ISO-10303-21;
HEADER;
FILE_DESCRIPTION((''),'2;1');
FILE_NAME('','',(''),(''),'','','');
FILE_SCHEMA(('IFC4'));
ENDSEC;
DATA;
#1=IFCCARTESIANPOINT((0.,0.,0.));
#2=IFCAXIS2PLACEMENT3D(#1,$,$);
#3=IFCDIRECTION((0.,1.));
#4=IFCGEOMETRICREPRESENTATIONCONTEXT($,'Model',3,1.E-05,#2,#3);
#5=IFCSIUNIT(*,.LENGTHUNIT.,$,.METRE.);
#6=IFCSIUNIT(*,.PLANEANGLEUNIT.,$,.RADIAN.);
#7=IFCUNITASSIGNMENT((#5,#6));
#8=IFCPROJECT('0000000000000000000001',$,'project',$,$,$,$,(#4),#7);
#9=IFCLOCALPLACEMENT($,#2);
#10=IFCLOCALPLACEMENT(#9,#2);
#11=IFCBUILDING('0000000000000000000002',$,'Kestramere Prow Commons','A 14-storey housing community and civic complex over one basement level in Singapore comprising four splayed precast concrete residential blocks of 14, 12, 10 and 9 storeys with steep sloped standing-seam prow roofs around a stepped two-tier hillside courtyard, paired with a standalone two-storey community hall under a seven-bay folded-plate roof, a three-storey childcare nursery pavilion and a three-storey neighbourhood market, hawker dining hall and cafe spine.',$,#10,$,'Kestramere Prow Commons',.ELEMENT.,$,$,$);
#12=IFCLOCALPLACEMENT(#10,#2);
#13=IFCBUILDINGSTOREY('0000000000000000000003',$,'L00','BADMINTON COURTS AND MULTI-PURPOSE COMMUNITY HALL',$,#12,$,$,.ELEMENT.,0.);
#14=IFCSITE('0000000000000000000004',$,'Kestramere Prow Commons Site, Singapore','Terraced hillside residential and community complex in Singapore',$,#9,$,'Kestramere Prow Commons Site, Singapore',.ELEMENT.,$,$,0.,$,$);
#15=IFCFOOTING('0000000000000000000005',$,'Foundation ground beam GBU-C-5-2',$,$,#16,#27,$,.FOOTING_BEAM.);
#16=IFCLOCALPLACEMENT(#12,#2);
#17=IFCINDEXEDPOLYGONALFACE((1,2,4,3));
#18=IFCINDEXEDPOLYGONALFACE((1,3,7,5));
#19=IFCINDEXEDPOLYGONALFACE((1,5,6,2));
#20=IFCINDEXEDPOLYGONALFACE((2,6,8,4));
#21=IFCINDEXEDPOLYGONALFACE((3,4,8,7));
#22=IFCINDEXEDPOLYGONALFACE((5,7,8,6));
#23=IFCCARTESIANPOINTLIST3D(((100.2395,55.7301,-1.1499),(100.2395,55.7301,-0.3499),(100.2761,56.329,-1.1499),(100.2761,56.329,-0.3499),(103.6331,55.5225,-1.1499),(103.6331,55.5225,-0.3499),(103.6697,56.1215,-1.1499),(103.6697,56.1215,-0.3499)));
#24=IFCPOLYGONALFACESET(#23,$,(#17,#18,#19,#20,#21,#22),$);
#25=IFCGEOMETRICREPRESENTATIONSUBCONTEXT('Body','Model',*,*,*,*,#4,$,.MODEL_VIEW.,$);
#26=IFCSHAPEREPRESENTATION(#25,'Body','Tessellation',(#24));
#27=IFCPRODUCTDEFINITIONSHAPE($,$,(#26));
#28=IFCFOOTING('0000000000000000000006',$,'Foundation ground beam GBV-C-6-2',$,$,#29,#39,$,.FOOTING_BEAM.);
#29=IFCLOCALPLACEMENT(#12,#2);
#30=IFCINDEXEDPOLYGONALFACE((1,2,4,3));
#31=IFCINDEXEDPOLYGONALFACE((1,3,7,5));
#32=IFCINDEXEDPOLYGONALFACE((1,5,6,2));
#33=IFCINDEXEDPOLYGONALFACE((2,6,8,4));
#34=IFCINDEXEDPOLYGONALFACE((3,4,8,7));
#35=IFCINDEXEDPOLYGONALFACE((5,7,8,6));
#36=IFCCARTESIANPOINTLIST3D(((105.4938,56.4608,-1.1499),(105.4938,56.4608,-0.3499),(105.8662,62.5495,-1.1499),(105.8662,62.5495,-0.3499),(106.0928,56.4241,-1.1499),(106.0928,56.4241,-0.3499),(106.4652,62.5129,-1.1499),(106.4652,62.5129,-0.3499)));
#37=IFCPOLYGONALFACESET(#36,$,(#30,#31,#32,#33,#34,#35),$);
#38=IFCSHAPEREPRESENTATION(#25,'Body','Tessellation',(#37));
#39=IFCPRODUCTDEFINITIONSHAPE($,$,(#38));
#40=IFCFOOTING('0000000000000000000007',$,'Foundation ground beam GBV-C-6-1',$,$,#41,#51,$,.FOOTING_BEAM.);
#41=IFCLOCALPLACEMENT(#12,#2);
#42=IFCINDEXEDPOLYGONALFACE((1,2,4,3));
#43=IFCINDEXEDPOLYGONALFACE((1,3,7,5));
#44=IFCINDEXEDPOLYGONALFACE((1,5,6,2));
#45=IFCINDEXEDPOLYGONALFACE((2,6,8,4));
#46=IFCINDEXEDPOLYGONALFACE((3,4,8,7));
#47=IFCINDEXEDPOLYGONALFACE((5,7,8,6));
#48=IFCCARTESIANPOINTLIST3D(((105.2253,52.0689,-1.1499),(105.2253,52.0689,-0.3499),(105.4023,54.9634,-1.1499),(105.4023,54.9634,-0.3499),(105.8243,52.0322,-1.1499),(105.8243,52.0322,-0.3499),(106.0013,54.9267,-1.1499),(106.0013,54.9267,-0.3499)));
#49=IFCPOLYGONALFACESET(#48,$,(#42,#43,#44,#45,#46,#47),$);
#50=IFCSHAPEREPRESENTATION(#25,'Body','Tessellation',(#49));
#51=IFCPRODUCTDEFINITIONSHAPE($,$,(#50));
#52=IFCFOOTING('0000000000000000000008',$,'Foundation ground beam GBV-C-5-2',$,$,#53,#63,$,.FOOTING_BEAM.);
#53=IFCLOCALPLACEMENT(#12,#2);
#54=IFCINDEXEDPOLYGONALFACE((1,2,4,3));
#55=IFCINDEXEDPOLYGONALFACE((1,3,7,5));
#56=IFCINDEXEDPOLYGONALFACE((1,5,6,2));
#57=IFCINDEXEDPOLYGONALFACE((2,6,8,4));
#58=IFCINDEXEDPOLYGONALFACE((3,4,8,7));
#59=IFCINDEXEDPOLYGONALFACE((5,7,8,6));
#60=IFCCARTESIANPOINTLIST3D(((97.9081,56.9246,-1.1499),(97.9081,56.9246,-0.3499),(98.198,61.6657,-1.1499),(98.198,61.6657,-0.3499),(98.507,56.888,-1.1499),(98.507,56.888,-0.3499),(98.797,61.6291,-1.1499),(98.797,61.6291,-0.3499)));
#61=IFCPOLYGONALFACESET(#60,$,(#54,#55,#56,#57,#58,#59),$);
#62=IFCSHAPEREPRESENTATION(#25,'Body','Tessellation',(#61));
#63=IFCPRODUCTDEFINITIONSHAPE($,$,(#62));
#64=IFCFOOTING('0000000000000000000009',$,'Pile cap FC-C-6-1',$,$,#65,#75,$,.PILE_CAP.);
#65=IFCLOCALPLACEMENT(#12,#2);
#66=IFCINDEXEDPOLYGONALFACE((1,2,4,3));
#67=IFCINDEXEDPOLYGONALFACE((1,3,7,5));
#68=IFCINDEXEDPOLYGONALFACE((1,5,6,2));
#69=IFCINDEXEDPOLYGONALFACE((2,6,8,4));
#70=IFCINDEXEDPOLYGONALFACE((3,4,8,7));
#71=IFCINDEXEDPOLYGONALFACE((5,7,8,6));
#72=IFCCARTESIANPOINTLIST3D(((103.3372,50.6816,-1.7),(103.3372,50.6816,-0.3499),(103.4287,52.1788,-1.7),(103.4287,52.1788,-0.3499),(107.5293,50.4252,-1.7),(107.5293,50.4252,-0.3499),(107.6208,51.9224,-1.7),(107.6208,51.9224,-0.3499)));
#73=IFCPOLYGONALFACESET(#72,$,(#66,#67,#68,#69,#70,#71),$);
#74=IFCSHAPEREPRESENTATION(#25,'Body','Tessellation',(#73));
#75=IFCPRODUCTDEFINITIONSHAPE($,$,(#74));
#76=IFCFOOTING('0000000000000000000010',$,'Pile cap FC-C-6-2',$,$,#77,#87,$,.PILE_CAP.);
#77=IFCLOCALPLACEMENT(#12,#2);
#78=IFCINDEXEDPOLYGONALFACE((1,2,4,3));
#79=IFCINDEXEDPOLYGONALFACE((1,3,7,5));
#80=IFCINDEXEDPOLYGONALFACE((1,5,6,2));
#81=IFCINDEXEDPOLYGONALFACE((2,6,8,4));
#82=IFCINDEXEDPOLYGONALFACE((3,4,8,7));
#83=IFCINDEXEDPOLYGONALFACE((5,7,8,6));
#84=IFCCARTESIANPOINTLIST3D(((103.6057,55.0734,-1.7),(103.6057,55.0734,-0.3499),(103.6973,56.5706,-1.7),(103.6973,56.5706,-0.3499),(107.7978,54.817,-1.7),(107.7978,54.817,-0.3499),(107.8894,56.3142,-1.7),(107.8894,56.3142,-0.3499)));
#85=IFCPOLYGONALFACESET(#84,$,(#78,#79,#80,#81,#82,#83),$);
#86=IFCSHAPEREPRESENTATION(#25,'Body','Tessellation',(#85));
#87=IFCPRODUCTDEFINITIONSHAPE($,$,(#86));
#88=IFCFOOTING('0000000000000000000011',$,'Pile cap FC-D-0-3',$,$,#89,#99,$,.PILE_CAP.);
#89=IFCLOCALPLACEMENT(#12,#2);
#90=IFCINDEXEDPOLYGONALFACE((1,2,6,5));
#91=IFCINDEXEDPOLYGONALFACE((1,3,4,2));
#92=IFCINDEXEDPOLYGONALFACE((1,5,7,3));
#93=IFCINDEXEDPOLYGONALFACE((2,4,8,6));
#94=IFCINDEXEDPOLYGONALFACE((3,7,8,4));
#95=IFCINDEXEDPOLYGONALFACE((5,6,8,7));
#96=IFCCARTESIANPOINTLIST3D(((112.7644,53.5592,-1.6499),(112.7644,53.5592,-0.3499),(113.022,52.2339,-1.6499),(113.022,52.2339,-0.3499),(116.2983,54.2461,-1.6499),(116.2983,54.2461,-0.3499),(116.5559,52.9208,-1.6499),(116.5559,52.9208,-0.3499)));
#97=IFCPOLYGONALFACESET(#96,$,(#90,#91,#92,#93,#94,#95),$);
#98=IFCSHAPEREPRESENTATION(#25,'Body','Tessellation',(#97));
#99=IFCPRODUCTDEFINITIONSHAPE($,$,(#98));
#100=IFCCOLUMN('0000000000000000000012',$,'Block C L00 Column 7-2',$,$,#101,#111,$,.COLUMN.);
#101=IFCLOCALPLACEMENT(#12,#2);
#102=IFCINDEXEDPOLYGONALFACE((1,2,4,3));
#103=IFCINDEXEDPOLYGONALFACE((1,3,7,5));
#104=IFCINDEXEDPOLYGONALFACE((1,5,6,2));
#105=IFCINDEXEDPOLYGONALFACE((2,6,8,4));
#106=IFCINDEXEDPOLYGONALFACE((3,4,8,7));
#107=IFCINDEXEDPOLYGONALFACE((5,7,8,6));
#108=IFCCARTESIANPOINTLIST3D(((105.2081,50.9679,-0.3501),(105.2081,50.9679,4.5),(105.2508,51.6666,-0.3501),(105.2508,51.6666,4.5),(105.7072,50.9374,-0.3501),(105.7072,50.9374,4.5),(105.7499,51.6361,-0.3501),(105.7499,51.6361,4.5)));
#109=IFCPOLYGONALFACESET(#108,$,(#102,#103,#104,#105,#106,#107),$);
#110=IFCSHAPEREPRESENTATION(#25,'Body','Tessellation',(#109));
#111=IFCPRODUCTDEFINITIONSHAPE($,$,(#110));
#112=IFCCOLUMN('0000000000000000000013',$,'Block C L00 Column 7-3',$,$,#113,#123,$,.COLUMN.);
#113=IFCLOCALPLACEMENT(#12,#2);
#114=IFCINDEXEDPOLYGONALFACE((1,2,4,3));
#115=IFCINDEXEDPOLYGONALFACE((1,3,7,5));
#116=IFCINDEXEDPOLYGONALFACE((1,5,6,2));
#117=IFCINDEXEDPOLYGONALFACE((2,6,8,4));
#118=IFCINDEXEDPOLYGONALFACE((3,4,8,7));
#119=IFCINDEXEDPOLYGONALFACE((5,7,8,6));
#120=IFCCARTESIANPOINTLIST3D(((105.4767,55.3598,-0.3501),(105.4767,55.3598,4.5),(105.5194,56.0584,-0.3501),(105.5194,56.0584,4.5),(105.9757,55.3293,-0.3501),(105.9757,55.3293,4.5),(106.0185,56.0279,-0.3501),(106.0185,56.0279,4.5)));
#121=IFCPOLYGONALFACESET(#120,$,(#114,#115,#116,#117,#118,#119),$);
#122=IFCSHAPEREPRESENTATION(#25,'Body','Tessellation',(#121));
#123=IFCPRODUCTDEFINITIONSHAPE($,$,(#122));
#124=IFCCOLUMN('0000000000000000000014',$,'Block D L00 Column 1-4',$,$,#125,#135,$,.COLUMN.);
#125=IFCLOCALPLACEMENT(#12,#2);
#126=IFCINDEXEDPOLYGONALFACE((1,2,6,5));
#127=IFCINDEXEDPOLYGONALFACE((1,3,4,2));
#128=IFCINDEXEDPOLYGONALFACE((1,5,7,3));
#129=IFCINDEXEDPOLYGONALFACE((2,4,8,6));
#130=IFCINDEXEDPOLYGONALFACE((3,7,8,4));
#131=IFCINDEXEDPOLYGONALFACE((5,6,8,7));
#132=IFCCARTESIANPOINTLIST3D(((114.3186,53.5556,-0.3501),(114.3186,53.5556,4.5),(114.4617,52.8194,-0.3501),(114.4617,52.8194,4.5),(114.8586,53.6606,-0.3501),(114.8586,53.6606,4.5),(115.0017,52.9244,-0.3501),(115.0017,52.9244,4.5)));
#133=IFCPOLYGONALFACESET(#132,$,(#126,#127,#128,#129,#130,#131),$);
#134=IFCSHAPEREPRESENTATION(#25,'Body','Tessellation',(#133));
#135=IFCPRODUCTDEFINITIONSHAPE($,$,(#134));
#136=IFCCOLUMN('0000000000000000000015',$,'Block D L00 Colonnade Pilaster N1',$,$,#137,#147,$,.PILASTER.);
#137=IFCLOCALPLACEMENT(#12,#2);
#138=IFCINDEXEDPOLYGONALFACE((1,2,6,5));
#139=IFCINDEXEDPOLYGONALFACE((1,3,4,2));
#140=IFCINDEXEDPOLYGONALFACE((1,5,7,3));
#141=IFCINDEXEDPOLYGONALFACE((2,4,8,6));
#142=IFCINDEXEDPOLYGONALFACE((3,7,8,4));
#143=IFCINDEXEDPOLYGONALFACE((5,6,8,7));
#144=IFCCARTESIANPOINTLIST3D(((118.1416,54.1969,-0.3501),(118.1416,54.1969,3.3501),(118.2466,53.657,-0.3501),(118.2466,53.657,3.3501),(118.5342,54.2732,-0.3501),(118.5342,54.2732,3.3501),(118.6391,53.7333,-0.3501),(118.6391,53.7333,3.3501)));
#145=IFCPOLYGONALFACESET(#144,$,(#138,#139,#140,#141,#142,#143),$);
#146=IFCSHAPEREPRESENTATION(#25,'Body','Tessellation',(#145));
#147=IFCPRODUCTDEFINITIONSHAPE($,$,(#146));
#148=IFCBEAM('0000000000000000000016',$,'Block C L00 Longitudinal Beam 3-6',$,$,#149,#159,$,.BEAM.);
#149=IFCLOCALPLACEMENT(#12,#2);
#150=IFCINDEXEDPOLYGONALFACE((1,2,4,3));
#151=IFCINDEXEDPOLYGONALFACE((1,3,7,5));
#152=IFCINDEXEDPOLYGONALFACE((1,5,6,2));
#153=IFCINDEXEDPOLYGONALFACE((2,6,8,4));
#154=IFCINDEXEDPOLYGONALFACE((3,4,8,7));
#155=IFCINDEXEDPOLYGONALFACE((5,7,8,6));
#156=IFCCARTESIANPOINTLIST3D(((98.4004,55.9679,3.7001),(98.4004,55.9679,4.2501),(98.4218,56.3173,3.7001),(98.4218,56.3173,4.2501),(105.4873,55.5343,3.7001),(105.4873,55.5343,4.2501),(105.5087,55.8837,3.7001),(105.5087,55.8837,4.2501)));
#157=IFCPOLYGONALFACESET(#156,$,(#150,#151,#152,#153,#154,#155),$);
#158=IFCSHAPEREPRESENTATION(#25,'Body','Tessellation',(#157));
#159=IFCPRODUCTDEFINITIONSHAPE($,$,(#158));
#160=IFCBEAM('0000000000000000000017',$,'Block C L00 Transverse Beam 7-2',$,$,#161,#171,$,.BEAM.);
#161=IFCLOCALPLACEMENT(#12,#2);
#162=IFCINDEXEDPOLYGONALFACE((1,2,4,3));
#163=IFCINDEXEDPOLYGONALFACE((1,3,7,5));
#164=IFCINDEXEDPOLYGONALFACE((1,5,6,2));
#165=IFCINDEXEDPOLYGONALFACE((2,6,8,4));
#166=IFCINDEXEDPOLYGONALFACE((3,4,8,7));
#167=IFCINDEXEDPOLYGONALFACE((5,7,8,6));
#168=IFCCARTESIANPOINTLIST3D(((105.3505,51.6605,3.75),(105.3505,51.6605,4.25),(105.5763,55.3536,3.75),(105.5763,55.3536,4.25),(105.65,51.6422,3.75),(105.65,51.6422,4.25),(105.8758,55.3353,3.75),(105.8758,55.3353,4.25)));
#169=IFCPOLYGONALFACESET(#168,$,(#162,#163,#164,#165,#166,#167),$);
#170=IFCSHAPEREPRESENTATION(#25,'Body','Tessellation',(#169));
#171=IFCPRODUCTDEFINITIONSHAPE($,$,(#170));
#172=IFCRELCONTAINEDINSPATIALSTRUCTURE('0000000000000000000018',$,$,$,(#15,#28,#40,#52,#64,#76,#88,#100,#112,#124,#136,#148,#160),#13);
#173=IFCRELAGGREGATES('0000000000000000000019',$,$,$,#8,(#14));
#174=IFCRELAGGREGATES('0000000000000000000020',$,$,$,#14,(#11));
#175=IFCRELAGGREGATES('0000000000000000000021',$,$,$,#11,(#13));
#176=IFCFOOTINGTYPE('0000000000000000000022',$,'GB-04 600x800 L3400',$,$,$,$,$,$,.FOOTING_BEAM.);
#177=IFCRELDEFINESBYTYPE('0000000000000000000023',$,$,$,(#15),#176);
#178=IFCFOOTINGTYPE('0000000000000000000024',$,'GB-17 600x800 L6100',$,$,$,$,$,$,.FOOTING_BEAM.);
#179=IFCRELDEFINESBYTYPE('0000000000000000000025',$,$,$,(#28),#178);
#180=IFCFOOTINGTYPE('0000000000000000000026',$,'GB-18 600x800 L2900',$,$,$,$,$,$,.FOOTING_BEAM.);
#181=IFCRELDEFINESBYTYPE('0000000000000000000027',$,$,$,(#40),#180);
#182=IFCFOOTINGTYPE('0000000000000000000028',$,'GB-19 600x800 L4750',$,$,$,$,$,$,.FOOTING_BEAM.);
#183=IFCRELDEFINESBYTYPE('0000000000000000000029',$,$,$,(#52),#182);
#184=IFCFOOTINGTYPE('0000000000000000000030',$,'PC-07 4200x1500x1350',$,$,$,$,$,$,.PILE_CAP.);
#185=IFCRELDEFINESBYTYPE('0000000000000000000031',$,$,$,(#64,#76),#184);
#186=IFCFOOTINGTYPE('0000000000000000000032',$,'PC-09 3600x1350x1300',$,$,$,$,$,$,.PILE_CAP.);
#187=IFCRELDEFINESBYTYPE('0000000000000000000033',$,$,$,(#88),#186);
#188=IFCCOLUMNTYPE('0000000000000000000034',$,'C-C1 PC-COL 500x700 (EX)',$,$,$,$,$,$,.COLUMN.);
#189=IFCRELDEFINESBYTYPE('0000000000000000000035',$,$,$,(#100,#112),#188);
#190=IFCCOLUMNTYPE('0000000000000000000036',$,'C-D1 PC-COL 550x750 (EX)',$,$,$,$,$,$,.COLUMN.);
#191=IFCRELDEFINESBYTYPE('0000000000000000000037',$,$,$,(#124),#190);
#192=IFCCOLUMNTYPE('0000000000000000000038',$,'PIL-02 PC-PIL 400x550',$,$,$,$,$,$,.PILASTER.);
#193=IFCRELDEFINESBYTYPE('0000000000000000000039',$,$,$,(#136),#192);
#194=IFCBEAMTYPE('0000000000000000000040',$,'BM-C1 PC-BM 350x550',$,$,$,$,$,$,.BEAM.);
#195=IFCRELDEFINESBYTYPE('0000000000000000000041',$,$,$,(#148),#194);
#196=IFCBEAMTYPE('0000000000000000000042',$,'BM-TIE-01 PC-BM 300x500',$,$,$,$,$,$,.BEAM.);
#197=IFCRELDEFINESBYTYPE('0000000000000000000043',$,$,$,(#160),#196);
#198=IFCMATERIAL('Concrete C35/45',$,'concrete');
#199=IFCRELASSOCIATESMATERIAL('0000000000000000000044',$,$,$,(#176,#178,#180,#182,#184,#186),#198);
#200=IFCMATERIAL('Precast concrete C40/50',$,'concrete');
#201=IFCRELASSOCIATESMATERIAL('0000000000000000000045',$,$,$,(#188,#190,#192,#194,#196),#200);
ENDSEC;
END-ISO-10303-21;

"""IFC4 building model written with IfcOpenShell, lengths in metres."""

from ifc_helpers import new_model, si_unit, direction, frame, origin, origin_2d, place, context, subcontext, project, spatial, rectangle, extrude, material, material_profile, profile_set, type_object, element, save


model = new_model("IFC4")

# Units and contexts
model_context = context("Model", 3, precision=1e-05, world=origin(), true_north=direction((0.0, 1.0)))
body_context = subcontext(model_context, "Body", "Model", "MODEL_VIEW")
ifc_project = project(units=[si_unit("LENGTHUNIT", "METRE"), si_unit("PLANEANGLEUNIT", "RADIAN")], contexts=[model_context])

# Site, building, storey
site_placement = place(None, origin())
site = spatial("IfcSite", under=ifc_project, at=site_placement, Name="Kestramere Prow Commons Site, Singapore", Description="Terraced hillside residential and community complex in Singapore", LongName="Kestramere Prow Commons Site, Singapore", CompositionType="ELEMENT", RefElevation=0.0)
building_placement = place(site_placement, origin())
building = spatial("IfcBuilding", under=site, at=building_placement, Name="Kestramere Prow Commons", Description="A 14-storey housing community and civic complex over one basement level in Singapore comprising four splayed precast concrete residential blocks of 14, 12, 10 and 9 storeys with steep sloped standing-seam prow roofs around a stepped two-tier hillside courtyard, paired with a standalone two-storey community hall under a seven-bay folded-plate roof, a three-storey childcare nursery pavilion and a three-storey neighbourhood market, hawker dining hall and cafe spine.", LongName="Kestramere Prow Commons", CompositionType="ELEMENT")
storey_placement = place(building_placement, origin())
storey = spatial("IfcBuildingStorey", under=building, at=storey_placement, Name="L00", Description="BADMINTON COURTS AND MULTI-PURPOSE COMMUNITY HALL", CompositionType="ELEMENT", Elevation=0.0)

# Shared definitions
ifc_material_1 = material(Name="Concrete C35/45", Category="concrete")

# Footings
footing_type_1 = type_object("IfcFootingType", Name="GB-04 600x800 L3400", PredefinedType="FOOTING_BEAM", material=ifc_material_1)
for number, where, z_axis, x_axis, name in (
    (1, (101.9546, 55.9258, -1.1499), (0.0, 0.0, 1.0), (0.998135, -0.061049, 0.0), "Foundation ground beam GBU-C-5-2"),
):
    element("IfcFooting", number, at=place(storey_placement, frame(where, z_axis=z_axis, x_axis=x_axis)), inside=storey, type_object=footing_type_1, Name=name, PredefinedType="FOOTING_BEAM", context=body_context, shape_type="SweptSolid", body=[
        extrude(rectangle(XDim=3.3999, YDim=0.6001, at=origin_2d()), origin(), (0.0, 0.0, 1.0), 0.8),
    ])
footing_type_2 = type_object("IfcFootingType", Name="GB-17 600x800 L6100", PredefinedType="FOOTING_BEAM", material=ifc_material_1)
footing_1_placement = place(storey_placement, frame((105.9795, 59.4868, -1.1499), z_axis=(0.0, 0.0, 1.0), x_axis=(0.061049, 0.998135, 0.0)))
element("IfcFooting", 2, at=footing_1_placement, inside=storey, type_object=footing_type_2, Name="Foundation ground beam GBV-C-6-2", PredefinedType="FOOTING_BEAM", context=body_context, shape_type="SweptSolid", body=[
    extrude(rectangle(XDim=6.1001, YDim=0.6001, at=origin_2d()), origin(), (0.0, 0.0, 1.0), 0.8),
])
footing_type_3 = type_object("IfcFootingType", Name="GB-18 600x800 L2900", PredefinedType="FOOTING_BEAM", material=ifc_material_1)
footing_2_placement = place(storey_placement, frame((105.6133, 53.4978, -1.1499), z_axis=(0.0, 0.0, 1.0), x_axis=(0.061049, 0.998135, 0.0)))
element("IfcFooting", 3, at=footing_2_placement, inside=storey, type_object=footing_type_3, Name="Foundation ground beam GBV-C-6-1", PredefinedType="FOOTING_BEAM", context=body_context, shape_type="SweptSolid", body=[
    extrude(rectangle(XDim=2.8999, YDim=0.6001, at=origin_2d()), origin(), (0.0, 0.0, 1.0), 0.8),
])
footing_type_4 = type_object("IfcFootingType", Name="GB-19 600x800 L4750", PredefinedType="FOOTING_BEAM", material=ifc_material_1)
footing_3_placement = place(storey_placement, frame((98.3525, 59.2769, -1.1499), z_axis=(0.0, 0.0, 1.0), x_axis=(0.061049, 0.998135, 0.0)))
element("IfcFooting", 4, at=footing_3_placement, inside=storey, type_object=footing_type_4, Name="Foundation ground beam GBV-C-5-2", PredefinedType="FOOTING_BEAM", context=body_context, shape_type="SweptSolid", body=[
    extrude(rectangle(XDim=4.75, YDim=0.6001, at=origin_2d()), origin(), (0.0, 0.0, 1.0), 0.8),
])
footing_type_5 = type_object("IfcFootingType", Name="PC-07 4200x1500x1350", PredefinedType="PILE_CAP", material=ifc_material_1)
for number, where, z_axis, x_axis, name in (
    (5, (105.479, 51.302, -1.7), (0.0, 0.0, 1.0), (0.998135, -0.061049, 0.0), "Pile cap FC-C-6-1"),
    (6, (105.7476, 55.6938, -1.7), (0.0, 0.0, 1.0), (0.998135, -0.061049, 0.0), "Pile cap FC-C-6-2"),
):
    element("IfcFooting", number, at=place(storey_placement, frame(where, z_axis=z_axis, x_axis=x_axis)), inside=storey, type_object=footing_type_5, Name=name, PredefinedType="PILE_CAP", context=body_context, shape_type="SweptSolid", body=[
        extrude(rectangle(XDim=4.2, YDim=1.5, at=origin_2d()), origin(), (0.0, 0.0, 1.0), 1.3501),
    ])
footing_type_6 = type_object("IfcFootingType", Name="PC-09 3600x1350x1300", PredefinedType="PILE_CAP", material=ifc_material_1)
footing_4_placement = place(storey_placement, frame((114.6602, 53.24, -1.6499), z_axis=(0.0, 0.0, 1.0), x_axis=(0.981627, 0.190809, 0.0)))
element("IfcFooting", 7, at=footing_4_placement, inside=storey, type_object=footing_type_6, Name="Pile cap FC-D-0-3", PredefinedType="PILE_CAP", context=body_context, shape_type="SweptSolid", body=[
    extrude(rectangle(XDim=3.6001, YDim=1.3501, at=origin_2d()), origin(), (0.0, 0.0, 1.0), 1.3),
])

# Columns
ifc_material_2 = material(Name="Precast concrete C40/50", Category="concrete")
ifc_material_profile_1 = material_profile(ifc_material_2, rectangle(XDim=0.5, YDim=0.7, at=origin_2d()), Name="PC-COL 500x700")
ifc_profile_set_1 = profile_set([ifc_material_profile_1], Name="Precast concrete C40/50")
column_type_1 = type_object("IfcColumnType", Name="C-C1 PC-COL 500x700 (EX)", PredefinedType="COLUMN", material=ifc_profile_set_1)
for number, where, z_axis, x_axis, name in (
    (8, (105.479, 51.302, -0.3501), (0.0, 0.0, 1.0), (0.998135, -0.061049, 0.0), "Block C L00 Column 7-2"),
    (9, (105.7476, 55.6938, -0.3501), (0.0, 0.0, 1.0), (0.998135, -0.061049, 0.0), "Block C L00 Column 7-3"),
):
    element("IfcColumn", number, at=place(storey_placement, frame(where, z_axis=z_axis, x_axis=x_axis)), inside=storey, type_object=column_type_1, Name=name, PredefinedType="COLUMN", context=body_context, shape_type="SweptSolid", body=[
        extrude(rectangle(XDim=0.5, YDim=0.7, at=origin_2d()), origin(), (0.0, 0.0, 1.0), 4.8501),
    ])
ifc_material_profile_2 = material_profile(ifc_material_2, rectangle(XDim=0.55, YDim=0.75, at=origin_2d()), Name="PC-COL 550x750")
ifc_profile_set_2 = profile_set([ifc_material_profile_2], Name="Precast concrete C40/50")
column_type_2 = type_object("IfcColumnType", Name="C-D1 PC-COL 550x750 (EX)", PredefinedType="COLUMN", material=ifc_profile_set_2)
column_1_placement = place(storey_placement, frame((114.6602, 53.24, -0.3501), z_axis=(0.0, 0.0, 1.0), x_axis=(0.981627, 0.190809, 0.0)))
element("IfcColumn", 10, at=column_1_placement, inside=storey, type_object=column_type_2, Name="Block D L00 Column 1-4", PredefinedType="COLUMN", context=body_context, shape_type="SweptSolid", body=[
    extrude(rectangle(XDim=0.55, YDim=0.75, at=origin_2d()), origin(), (0.0, 0.0, 1.0), 4.8501),
])
ifc_material_profile_3 = material_profile(ifc_material_2, rectangle(XDim=0.3999, YDim=0.55, at=origin_2d()), Name="PC-PIL 400x550")
ifc_profile_set_3 = profile_set([ifc_material_profile_3], Name="Precast concrete C40/50")
column_type_3 = type_object("IfcColumnType", Name="PIL-02 PC-PIL 400x550", PredefinedType="PILASTER", material=ifc_profile_set_3)
column_2_placement = place(storey_placement, frame((118.3904, 53.9651, -0.3501), z_axis=(0.0, 0.0, 1.0), x_axis=(0.981627, 0.190809, 0.0)))
element("IfcColumn", 11, at=column_2_placement, inside=storey, type_object=column_type_3, Name="Block D L00 Colonnade Pilaster N1", PredefinedType="PILASTER", context=body_context, shape_type="SweptSolid", body=[
    extrude(rectangle(XDim=0.3999, YDim=0.55, at=origin_2d()), origin(), (0.0, 0.0, 1.0), 3.7002),
])

# Beams
ifc_material_profile_4 = material_profile(ifc_material_2, rectangle(XDim=0.3501, YDim=0.55, at=origin_2d()), Name="PC-BM 350x550")
ifc_profile_set_4 = profile_set([ifc_material_profile_4], Name="Precast concrete C40/50")
beam_type_1 = type_object("IfcBeamType", Name="BM-C1 PC-BM 350x550", PredefinedType="BEAM", material=ifc_profile_set_4)
beam_1_placement = place(storey_placement, frame((98.4111, 56.1426, 3.9751), z_axis=(0.998134, -0.061068, 0.0), x_axis=(0.061068, 0.998134, 0.0)))
element("IfcBeam", 12, at=beam_1_placement, inside=storey, type_object=beam_type_1, Name="Block C L00 Longitudinal Beam 3-6", PredefinedType="BEAM", context=body_context, shape_type="SweptSolid", body=[
    extrude(rectangle(XDim=0.3501, YDim=0.55, at=origin_2d()), origin(), (0.0, 0.0, 1.0), 7.1001),
])
ifc_material_profile_5 = material_profile(ifc_material_2, rectangle(XDim=0.3, YDim=0.5, at=origin_2d()), Name="PC-BM 300x500")
ifc_profile_set_5 = profile_set([ifc_material_profile_5], Name="Precast concrete C40/50")
beam_type_2 = type_object("IfcBeamType", Name="BM-TIE-01 PC-BM 300x500", PredefinedType="BEAM", material=ifc_profile_set_5)
beam_2_placement = place(storey_placement, frame((105.5002, 51.6514, 4.0), z_axis=(0.061035, 0.998136, 0.0), x_axis=(-0.998136, 0.061035, 0.0)))
element("IfcBeam", 13, at=beam_2_placement, inside=storey, type_object=beam_type_2, Name="Block C L00 Transverse Beam 7-2", PredefinedType="BEAM", context=body_context, shape_type="SweptSolid", body=[
    extrude(rectangle(XDim=0.3, YDim=0.5, at=origin_2d()), origin(), (0.0, 0.0, 1.0), 3.7),
])

save(model, "model.ifc")
